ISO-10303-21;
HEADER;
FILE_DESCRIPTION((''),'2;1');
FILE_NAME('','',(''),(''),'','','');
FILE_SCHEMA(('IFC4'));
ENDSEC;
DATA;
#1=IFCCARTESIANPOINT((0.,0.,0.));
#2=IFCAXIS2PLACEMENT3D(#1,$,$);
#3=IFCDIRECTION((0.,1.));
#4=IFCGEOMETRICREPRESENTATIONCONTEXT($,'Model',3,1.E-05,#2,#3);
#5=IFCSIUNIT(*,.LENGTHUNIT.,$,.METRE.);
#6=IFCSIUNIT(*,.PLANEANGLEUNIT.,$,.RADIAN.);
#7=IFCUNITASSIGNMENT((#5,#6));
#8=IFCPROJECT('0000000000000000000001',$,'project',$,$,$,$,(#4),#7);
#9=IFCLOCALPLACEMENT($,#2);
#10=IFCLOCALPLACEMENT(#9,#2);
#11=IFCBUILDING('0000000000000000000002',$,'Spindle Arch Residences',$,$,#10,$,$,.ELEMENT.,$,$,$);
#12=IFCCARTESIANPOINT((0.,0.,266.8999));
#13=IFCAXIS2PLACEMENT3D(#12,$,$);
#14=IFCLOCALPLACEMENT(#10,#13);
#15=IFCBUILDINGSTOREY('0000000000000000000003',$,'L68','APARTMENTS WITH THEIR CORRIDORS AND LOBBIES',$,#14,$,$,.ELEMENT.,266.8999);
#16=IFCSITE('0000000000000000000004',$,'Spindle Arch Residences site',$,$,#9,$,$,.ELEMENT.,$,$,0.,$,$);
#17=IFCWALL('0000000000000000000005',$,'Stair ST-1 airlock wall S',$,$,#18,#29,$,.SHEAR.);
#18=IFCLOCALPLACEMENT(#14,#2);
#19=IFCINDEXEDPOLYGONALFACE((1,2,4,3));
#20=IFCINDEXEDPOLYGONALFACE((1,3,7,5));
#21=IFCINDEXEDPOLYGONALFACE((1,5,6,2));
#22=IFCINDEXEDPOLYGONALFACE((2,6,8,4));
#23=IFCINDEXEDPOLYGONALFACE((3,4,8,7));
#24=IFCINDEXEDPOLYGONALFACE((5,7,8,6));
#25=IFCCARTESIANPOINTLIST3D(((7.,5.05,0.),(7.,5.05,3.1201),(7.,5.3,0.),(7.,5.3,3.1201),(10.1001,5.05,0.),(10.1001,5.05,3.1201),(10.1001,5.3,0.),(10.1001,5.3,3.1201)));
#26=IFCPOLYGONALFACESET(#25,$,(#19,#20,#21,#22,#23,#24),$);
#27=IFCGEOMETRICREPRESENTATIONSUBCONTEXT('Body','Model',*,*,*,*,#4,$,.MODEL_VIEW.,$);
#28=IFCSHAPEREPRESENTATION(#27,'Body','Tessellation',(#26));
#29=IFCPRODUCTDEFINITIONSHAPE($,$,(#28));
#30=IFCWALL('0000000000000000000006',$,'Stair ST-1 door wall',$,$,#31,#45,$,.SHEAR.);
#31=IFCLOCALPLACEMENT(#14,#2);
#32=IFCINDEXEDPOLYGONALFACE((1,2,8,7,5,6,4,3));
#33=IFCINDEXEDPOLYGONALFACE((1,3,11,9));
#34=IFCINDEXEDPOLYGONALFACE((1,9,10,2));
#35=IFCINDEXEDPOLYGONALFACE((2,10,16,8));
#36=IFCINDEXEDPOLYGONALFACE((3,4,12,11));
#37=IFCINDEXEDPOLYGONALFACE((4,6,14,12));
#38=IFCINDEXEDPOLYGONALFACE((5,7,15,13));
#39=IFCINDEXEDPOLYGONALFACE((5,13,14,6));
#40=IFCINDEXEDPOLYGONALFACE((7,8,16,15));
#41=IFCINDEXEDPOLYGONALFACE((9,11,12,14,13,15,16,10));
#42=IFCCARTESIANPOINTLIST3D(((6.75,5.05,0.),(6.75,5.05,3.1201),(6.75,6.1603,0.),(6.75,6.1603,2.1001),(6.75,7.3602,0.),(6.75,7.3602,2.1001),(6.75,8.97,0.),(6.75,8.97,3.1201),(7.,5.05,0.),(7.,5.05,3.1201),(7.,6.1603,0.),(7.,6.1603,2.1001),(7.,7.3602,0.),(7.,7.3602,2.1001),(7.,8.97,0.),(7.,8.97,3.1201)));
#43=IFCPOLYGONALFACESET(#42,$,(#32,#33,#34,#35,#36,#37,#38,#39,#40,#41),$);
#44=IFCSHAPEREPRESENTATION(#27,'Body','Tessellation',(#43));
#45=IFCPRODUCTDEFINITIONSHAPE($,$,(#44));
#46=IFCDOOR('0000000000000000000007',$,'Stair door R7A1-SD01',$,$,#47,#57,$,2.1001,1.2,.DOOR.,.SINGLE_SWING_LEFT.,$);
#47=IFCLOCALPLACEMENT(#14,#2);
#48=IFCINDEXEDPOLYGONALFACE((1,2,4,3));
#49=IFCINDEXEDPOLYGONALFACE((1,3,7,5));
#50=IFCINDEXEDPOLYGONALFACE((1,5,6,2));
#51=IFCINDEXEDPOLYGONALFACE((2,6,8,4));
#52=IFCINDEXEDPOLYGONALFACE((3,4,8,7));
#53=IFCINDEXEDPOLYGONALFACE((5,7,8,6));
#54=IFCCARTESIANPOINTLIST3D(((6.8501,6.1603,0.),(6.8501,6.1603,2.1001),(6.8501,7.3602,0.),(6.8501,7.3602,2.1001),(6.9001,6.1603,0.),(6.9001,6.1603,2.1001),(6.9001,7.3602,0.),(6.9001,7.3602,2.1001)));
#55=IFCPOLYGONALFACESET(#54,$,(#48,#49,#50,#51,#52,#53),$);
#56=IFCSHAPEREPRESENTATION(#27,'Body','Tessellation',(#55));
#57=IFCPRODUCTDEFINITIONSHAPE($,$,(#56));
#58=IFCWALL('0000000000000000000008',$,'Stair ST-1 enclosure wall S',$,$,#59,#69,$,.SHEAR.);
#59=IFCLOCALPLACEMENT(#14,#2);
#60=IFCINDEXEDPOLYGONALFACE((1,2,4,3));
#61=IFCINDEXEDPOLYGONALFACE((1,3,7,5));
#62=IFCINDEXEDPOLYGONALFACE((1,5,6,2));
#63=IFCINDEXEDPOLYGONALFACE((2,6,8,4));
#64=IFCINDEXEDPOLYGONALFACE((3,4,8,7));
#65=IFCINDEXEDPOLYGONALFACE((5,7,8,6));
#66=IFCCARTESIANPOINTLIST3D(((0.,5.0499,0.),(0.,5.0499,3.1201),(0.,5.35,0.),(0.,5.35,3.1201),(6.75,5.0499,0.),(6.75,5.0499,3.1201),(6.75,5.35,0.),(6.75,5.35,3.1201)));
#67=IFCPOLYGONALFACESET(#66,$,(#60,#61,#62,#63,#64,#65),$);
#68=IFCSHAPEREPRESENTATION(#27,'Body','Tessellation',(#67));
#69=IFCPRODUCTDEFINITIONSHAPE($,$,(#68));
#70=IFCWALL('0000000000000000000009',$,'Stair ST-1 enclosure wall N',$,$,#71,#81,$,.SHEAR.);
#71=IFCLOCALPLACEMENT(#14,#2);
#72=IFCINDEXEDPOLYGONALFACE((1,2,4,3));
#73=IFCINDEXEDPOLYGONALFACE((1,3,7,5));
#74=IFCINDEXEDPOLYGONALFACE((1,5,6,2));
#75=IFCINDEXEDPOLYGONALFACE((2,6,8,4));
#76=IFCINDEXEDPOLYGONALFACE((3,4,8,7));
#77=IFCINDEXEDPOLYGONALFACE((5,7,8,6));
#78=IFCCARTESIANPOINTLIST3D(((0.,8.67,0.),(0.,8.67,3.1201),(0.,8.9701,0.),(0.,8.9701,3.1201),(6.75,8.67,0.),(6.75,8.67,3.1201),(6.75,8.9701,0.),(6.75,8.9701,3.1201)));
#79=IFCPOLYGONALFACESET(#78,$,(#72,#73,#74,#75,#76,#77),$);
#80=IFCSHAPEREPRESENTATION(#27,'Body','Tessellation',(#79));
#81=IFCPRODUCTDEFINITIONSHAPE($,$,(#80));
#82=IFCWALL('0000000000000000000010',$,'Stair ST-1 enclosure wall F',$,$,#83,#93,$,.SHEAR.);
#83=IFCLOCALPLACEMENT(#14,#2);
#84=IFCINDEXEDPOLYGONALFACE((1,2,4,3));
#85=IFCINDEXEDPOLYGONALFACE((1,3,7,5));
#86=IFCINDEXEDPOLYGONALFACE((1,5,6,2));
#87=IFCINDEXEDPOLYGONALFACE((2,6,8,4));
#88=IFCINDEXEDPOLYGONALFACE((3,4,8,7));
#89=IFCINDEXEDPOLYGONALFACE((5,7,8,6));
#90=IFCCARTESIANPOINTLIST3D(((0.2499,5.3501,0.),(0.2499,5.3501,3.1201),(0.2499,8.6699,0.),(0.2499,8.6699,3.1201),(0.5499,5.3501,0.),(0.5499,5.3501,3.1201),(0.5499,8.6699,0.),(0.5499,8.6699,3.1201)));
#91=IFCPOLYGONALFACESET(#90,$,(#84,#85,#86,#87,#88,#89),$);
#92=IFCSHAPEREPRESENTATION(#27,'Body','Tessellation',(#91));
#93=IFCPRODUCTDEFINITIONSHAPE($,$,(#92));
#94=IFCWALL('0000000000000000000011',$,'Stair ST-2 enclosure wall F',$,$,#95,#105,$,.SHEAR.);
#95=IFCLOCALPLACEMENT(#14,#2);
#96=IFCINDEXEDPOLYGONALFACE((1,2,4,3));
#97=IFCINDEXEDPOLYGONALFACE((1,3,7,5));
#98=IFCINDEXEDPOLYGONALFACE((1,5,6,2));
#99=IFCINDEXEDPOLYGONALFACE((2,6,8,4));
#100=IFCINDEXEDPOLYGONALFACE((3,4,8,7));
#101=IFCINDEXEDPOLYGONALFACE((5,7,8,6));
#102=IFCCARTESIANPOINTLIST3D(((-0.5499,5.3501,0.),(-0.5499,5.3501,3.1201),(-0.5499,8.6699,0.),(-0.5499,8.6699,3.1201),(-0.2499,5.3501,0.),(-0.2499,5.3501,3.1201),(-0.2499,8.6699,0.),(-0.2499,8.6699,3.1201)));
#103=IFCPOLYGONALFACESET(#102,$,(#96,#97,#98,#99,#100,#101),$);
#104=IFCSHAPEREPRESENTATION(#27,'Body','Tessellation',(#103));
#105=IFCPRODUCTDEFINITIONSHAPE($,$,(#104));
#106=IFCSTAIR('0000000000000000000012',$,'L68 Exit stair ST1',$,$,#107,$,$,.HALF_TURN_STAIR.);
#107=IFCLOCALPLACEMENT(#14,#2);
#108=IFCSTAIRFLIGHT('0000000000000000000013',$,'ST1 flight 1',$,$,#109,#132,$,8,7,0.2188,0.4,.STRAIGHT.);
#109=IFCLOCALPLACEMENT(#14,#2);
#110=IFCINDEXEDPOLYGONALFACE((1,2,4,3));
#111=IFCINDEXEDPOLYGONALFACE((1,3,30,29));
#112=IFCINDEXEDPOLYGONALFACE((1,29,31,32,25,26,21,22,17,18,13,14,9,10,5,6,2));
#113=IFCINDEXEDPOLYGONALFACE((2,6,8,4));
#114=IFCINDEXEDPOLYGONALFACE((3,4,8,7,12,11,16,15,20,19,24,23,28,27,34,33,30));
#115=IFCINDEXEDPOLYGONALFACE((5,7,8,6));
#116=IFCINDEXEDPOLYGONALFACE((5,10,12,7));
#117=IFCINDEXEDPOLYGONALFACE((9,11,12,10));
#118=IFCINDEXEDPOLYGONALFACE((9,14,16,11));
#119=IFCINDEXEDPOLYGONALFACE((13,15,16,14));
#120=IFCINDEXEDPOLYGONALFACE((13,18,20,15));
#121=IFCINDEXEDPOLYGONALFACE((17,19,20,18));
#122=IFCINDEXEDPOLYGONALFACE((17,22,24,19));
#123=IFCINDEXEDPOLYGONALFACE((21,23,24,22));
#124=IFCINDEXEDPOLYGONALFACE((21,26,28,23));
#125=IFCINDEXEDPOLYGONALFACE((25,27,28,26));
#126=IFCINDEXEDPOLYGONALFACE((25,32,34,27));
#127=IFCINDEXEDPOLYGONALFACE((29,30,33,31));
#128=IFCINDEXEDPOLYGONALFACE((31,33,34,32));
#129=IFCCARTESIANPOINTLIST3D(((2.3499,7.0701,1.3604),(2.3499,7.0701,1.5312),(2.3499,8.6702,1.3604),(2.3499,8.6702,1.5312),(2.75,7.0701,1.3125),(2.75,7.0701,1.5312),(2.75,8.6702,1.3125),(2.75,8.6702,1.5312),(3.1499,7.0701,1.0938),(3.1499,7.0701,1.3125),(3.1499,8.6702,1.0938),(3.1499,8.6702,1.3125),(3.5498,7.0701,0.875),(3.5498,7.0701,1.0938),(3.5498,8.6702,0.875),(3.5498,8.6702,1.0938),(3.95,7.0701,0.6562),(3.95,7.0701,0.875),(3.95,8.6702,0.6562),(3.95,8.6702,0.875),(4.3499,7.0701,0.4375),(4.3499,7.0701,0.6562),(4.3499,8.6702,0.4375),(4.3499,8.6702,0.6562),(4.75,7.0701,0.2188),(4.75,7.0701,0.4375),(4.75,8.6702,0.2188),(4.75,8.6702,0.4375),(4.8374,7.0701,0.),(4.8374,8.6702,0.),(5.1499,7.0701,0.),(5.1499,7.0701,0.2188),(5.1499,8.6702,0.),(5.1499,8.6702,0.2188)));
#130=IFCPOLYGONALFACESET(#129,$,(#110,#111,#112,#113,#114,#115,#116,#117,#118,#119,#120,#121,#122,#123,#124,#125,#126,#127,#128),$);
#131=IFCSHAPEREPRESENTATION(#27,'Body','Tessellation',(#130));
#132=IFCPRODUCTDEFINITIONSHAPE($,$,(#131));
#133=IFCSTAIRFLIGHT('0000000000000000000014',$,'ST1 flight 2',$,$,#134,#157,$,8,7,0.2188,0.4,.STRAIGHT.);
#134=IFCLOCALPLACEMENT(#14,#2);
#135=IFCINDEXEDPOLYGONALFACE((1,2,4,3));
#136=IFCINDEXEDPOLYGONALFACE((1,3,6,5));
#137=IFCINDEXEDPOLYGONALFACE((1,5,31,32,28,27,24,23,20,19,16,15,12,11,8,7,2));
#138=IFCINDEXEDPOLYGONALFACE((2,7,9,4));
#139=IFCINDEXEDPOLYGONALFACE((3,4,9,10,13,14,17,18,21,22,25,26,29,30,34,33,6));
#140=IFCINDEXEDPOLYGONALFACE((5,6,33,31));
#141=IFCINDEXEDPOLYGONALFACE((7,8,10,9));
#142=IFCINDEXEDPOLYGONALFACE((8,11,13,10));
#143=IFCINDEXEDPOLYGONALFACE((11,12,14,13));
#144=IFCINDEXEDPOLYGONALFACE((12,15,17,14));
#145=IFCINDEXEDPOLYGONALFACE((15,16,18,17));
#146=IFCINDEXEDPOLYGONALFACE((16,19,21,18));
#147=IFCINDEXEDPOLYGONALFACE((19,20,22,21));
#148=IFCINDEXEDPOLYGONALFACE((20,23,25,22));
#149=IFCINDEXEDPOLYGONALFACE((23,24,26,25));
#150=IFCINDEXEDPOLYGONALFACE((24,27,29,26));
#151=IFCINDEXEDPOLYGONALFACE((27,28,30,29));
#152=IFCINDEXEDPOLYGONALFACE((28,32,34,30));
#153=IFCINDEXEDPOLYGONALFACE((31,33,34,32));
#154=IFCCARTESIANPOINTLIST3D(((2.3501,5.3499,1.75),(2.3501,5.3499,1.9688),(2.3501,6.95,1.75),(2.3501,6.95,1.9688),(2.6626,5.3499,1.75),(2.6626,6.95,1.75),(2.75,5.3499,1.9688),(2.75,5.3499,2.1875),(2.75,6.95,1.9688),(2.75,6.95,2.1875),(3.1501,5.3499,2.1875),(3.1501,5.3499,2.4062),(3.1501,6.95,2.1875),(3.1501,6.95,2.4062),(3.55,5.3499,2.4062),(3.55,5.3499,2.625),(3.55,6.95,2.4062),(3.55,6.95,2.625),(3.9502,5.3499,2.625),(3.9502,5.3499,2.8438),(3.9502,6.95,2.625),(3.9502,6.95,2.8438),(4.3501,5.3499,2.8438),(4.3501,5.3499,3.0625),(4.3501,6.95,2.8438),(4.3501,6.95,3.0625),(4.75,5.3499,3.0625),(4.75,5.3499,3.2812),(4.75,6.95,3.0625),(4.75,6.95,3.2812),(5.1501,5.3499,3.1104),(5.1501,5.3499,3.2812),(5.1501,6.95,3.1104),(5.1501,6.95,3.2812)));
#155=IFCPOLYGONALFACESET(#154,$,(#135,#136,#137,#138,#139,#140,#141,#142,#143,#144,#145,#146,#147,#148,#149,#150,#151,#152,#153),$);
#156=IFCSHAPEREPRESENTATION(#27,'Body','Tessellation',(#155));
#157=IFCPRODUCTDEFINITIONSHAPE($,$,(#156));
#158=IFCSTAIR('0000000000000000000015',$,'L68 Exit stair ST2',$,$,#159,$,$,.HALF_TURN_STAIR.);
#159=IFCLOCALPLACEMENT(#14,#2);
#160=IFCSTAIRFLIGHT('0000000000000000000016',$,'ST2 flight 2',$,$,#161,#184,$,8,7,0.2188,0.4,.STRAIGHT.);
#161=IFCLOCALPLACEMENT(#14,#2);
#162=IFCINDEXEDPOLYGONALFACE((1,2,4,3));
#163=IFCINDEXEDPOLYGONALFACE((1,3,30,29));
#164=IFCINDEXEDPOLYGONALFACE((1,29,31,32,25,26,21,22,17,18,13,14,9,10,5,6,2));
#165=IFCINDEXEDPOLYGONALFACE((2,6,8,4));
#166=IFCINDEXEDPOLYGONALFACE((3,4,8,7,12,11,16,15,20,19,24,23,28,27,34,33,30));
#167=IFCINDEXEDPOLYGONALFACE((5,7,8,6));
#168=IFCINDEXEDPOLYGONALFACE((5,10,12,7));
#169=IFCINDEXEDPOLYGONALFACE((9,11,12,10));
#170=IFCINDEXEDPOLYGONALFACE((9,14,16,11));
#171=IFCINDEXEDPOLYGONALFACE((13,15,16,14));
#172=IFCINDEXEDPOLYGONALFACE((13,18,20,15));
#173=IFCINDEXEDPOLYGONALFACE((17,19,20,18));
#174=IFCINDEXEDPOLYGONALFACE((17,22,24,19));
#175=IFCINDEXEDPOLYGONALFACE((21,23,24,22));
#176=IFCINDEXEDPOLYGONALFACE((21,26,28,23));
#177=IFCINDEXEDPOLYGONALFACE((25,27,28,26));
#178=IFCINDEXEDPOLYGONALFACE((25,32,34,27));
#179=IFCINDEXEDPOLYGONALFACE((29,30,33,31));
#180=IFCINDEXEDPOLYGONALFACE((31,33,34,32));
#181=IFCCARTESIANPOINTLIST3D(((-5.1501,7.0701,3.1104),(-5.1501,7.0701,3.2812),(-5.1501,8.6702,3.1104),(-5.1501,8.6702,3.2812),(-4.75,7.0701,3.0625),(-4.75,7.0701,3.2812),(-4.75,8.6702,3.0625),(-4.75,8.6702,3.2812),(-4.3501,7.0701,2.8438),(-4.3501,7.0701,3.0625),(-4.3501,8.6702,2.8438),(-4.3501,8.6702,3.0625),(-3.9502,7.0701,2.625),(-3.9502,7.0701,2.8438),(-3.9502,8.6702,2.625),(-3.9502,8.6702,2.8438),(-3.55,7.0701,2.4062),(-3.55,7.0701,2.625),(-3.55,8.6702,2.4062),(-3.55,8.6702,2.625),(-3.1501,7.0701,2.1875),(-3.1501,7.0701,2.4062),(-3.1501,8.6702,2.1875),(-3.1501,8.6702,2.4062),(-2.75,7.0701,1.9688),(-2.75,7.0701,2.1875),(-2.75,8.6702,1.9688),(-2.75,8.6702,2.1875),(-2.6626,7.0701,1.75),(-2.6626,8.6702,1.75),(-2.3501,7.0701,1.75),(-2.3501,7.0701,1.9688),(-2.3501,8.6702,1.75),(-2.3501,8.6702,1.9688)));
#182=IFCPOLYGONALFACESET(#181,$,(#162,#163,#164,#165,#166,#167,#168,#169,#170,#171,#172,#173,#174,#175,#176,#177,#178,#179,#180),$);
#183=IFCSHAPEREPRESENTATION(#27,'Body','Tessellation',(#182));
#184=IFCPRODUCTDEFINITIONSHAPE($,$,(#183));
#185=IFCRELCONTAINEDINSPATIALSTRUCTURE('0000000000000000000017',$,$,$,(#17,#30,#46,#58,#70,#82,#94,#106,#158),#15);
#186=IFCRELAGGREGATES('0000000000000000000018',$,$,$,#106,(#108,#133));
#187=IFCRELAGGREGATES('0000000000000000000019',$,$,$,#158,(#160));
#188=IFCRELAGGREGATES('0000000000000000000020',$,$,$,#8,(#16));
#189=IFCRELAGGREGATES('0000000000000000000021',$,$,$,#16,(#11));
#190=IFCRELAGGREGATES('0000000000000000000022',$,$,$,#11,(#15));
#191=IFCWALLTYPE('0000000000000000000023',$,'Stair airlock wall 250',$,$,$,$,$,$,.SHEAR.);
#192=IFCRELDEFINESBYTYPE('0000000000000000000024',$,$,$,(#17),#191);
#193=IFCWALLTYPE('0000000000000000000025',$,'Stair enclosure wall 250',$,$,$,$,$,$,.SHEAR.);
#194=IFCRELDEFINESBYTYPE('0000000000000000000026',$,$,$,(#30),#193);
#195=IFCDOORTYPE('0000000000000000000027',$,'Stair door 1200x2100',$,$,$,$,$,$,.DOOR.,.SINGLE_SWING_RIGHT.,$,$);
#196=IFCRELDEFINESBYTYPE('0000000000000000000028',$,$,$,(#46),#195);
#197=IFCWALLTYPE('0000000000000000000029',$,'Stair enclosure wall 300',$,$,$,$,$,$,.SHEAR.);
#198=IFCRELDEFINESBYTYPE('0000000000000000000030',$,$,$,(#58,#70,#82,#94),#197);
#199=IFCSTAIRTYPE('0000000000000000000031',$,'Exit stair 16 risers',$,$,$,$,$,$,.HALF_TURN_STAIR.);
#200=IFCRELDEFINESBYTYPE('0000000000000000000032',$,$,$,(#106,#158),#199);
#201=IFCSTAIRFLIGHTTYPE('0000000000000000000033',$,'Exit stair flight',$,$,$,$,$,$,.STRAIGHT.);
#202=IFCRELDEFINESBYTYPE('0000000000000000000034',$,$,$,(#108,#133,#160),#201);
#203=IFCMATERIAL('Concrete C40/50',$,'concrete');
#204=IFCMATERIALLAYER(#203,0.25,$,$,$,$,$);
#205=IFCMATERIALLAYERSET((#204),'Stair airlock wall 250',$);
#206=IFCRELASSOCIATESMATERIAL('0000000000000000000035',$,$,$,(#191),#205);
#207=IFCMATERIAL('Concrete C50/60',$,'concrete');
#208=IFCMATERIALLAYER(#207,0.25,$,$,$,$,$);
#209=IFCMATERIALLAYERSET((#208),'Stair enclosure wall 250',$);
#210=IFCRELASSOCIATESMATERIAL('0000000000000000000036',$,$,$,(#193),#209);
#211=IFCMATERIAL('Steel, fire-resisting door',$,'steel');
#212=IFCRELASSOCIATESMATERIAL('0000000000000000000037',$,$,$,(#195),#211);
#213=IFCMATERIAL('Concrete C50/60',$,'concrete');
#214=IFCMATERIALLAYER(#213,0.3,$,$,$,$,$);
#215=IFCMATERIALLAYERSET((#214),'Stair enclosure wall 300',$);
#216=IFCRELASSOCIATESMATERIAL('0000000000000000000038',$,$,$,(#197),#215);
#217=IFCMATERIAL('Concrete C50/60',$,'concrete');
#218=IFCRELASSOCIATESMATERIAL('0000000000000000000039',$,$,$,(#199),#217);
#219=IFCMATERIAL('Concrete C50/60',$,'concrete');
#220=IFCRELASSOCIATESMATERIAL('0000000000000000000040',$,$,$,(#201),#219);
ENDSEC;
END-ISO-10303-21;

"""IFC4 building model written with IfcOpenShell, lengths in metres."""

from ifc_helpers import new_model, si_unit, direction, frame, frame_2d, origin, place, context, subcontext, project, spatial, polyline, rectangle, outline, extrude, material, layer, layer_set, type_object, element, fill, aggregate, save


model = new_model("IFC4")

# Units and contexts
model_context = context("Model", 3, precision=1e-05, world=origin(), true_north=direction((0.0, 1.0)))
body_context = subcontext(model_context, "Body", "Model", "MODEL_VIEW")
ifc_project = project(units=[si_unit("LENGTHUNIT", "METRE"), si_unit("PLANEANGLEUNIT", "RADIAN")], contexts=[model_context])

# Site, building, storey
site_placement = place(None, origin())
site = spatial("IfcSite", under=ifc_project, at=site_placement, Name="Spindle Arch Residences site", CompositionType="ELEMENT", RefElevation=0.0)
building_placement = place(site_placement, origin())
building = spatial("IfcBuilding", under=site, at=building_placement, Name="Spindle Arch Residences", CompositionType="ELEMENT")
storey_placement = place(building_placement, frame((0.0, 0.0, 266.8999)))
storey = spatial("IfcBuildingStorey", under=building, at=storey_placement, Name="L68", Description="APARTMENTS WITH THEIR CORRIDORS AND LOBBIES", CompositionType="ELEMENT", Elevation=266.8999)

# Wall
ifc_material_1 = material(Name="Concrete C40/50", Category="concrete")
ifc_layer_1 = layer(ifc_material_1, 0.25)
ifc_layer_set_1 = layer_set([ifc_layer_1], Name="Stair airlock wall 250")
wall_type_1 = type_object("IfcWallType", Name="Stair airlock wall 250", PredefinedType="SHEAR", material=ifc_layer_set_1)
wall_1_placement = place(storey_placement, frame((7.0, 5.175, 0.0), z_axis=(0.0, 0.0, 1.0), x_axis=(1.0, 0.0, 0.0)))
element("IfcWall", 1, at=wall_1_placement, inside=storey, type_object=wall_type_1, Name="Stair ST-1 airlock wall S", PredefinedType="SHEAR", context=body_context, shape_type="SweptSolid", body=[
    extrude(rectangle(XDim=3.1001, YDim=0.25, at=frame_2d((1.55, 0.0))), origin(), (0.0, 0.0, 1.0), 3.1201),
])

# Wall, opening, door
ifc_material_2 = material(Name="Concrete C50/60", Category="concrete")
ifc_layer_2 = layer(ifc_material_2, 0.25)
ifc_layer_set_2 = layer_set([ifc_layer_2], Name="Stair enclosure wall 250")
wall_type_2 = type_object("IfcWallType", Name="Stair enclosure wall 250", PredefinedType="SHEAR", material=ifc_layer_set_2)
wall_2_placement = place(storey_placement, frame((6.875, 5.05, 0.0), z_axis=(0.0, 0.0, 1.0), x_axis=(0.0, 1.0, 0.0)))
wall_2 = element("IfcWall", 2, at=wall_2_placement, inside=storey, type_object=wall_type_2, Name="Stair ST-1 door wall", PredefinedType="SHEAR", context=body_context, shape_type="SweptSolid", body=[
    extrude(rectangle(XDim=3.9199, YDim=0.25, at=frame_2d((1.96, 0.0))), origin(), (0.0, 0.0, 1.0), 3.1201),
])
opening_1_placement = place(wall_2_placement, frame((1.1101, 0.0, 0.0)))
opening_1 = element("IfcOpeningElement", 3, at=opening_1_placement, cuts=wall_2, PredefinedType="OPENING", context=body_context, shape_type="SweptSolid", body=[
    extrude(rectangle(XDim=1.2, YDim=2.1001, at=frame_2d((0.6001, 1.05))), frame((0.0, 0.135, 0.0), z_axis=(0.0, -1.0, 0.0), x_axis=(1.0, 0.0, 0.0)), (0.0, 0.0, 1.0), 0.27),
])
ifc_material_3 = material(Name="Steel, fire-resisting door", Category="steel")
door_type_1 = type_object("IfcDoorType", Name="Stair door 1200x2100", OperationType="SINGLE_SWING_RIGHT", PredefinedType="DOOR", material=ifc_material_3)
door_1_placement = place(opening_1_placement, origin())
door_1 = element("IfcDoor", 4, at=door_1_placement, inside=storey, type_object=door_type_1, Name="Stair door R7A1-SD01", OperationType="SINGLE_SWING_LEFT", OverallHeight=2.1001, OverallWidth=1.2, PredefinedType="DOOR", context=body_context, shape_type="SweptSolid", body=[
    extrude(rectangle(XDim=1.2, YDim=2.1001, at=frame_2d((0.6001, 1.05))), frame((0.0, 0.0249, 0.0), z_axis=(0.0, -1.0, 0.0), x_axis=(1.0, 0.0, 0.0)), (0.0, 0.0, 1.0), 0.05),
])
fill(opening_1, door_1)

# Walls
ifc_material_4 = material(Name="Concrete C50/60", Category="concrete")
ifc_layer_3 = layer(ifc_material_4, 0.3)
ifc_layer_set_3 = layer_set([ifc_layer_3], Name="Stair enclosure wall 300")
wall_type_3 = type_object("IfcWallType", Name="Stair enclosure wall 300", PredefinedType="SHEAR", material=ifc_layer_set_3)
for number, where, z_axis, x_axis, name in (
    (5, (0.0, 5.2, 0.0), (0.0, 0.0, 1.0), (1.0, 0.0, 0.0), "Stair ST-1 enclosure wall S"),
    (6, (0.0, 8.8201, 0.0), (0.0, 0.0, 1.0), (1.0, 0.0, 0.0), "Stair ST-1 enclosure wall N"),
):
    element("IfcWall", number, at=place(storey_placement, frame(where, z_axis=z_axis, x_axis=x_axis)), inside=storey, type_object=wall_type_3, Name=name, PredefinedType="SHEAR", context=body_context, shape_type="SweptSolid", body=[
        extrude(rectangle(XDim=6.75, YDim=0.3, at=frame_2d((3.375, 0.0))), origin(), (0.0, 0.0, 1.0), 3.1201),
    ])
for number, where, z_axis, x_axis, name in (
    (7, (0.3999, 5.3501, 0.0), (0.0, 0.0, 1.0), (0.0, 1.0, 0.0), "Stair ST-1 enclosure wall F"),
    (8, (-0.3999, 5.3501, 0.0), (0.0, 0.0, 1.0), (0.0, 1.0, 0.0), "Stair ST-2 enclosure wall F"),
):
    element("IfcWall", number, at=place(storey_placement, frame(where, z_axis=z_axis, x_axis=x_axis)), inside=storey, type_object=wall_type_3, Name=name, PredefinedType="SHEAR", context=body_context, shape_type="SweptSolid", body=[
        extrude(rectangle(XDim=3.3198, YDim=0.3, at=frame_2d((1.6599, 0.0))), origin(), (0.0, 0.0, 1.0), 3.1201),
    ])

# Stair, stair flights
ifc_material_5 = material(Name="Concrete C50/60", Category="concrete")
stair_type = type_object("IfcStairType", Name="Exit stair 16 risers", PredefinedType="HALF_TURN_STAIR", material=ifc_material_5)
stair_1_placement = place(storey_placement, origin())
stair_1 = element("IfcStair", 9, at=stair_1_placement, inside=storey, type_object=stair_type, Name="L68 Exit stair ST1", PredefinedType="HALF_TURN_STAIR")
ifc_material_6 = material(Name="Concrete C50/60", Category="concrete")
stair_flight_type = type_object("IfcStairFlightType", Name="Exit stair flight", PredefinedType="STRAIGHT", material=ifc_material_6)
stair_flight_1_placement = place(storey_placement, frame((5.1499, 7.8701, 0.0), z_axis=(0.0, 0.0, 1.0), x_axis=(-1.0, 0.0, 0.0)))
stair_flight_1 = element("IfcStairFlight", 10, at=stair_flight_1_placement, type_object=stair_flight_type, Name="ST1 flight 1", NumberOfRisers=8, NumberOfTreads=7, PredefinedType="STRAIGHT", RiserHeight=0.2188, TreadLength=0.4, context=body_context, shape_type="SweptSolid", body=[
    extrude(outline(polyline([(0.0, 0.0), (0.0, 0.2188), (0.3999, 0.2188), (0.3999, 0.4375), (0.8, 0.4375), (0.8, 0.6562), (1.2, 0.6562), (1.2, 0.875), (1.6001, 0.875), (1.6001, 1.0938), (2.0, 1.0938), (2.0, 1.3125), (2.3999, 1.3125), (2.3999, 1.5312), (2.8, 1.5312), (2.8, 1.75), (2.8, 1.3604), (0.3125, 0.0), (0.0, 0.0)])), frame((0.0, 0.8, 0.0), z_axis=(0.0, -1.0, 0.0), x_axis=(1.0, 0.0, 0.0)), (0.0, 0.0, 1.0), 1.6001),
])
stair_flight_2_placement = place(storey_placement, frame((2.3501, 6.1499, 1.75), z_axis=(0.0, 0.0, 1.0), x_axis=(1.0, 0.0, 0.0)))
stair_flight_2 = element("IfcStairFlight", 11, at=stair_flight_2_placement, type_object=stair_flight_type, Name="ST1 flight 2", NumberOfRisers=8, NumberOfTreads=7, PredefinedType="STRAIGHT", RiserHeight=0.2188, TreadLength=0.4, context=body_context, shape_type="SweptSolid", body=[
    extrude(outline(polyline([(0.0, 0.0), (0.0, 0.2188), (0.3999, 0.2188), (0.3999, 0.4375), (0.8, 0.4375), (0.8, 0.6562), (1.2, 0.6562), (1.2, 0.875), (1.6001, 0.875), (1.6001, 1.0938), (2.0, 1.0938), (2.0, 1.3125), (2.3999, 1.3125), (2.3999, 1.5312), (2.8, 1.5312), (2.8, 1.75), (2.8, 1.3604), (0.3125, 0.0), (0.0, 0.0)])), frame((0.0, 0.8, 0.0), z_axis=(0.0, -1.0, 0.0), x_axis=(1.0, 0.0, 0.0)), (0.0, 0.0, 1.0), 1.6001),
])
aggregate(stair_1, [stair_flight_1, stair_flight_2])

# Stair, stair flight
stair_2_placement = place(storey_placement, origin())
stair_2 = element("IfcStair", 12, at=stair_2_placement, inside=storey, type_object=stair_type, Name="L68 Exit stair ST2", PredefinedType="HALF_TURN_STAIR")
stair_flight_3_placement = place(storey_placement, frame((-2.3501, 7.8701, 1.75), z_axis=(0.0, 0.0, 1.0), x_axis=(-1.0, 0.0, 0.0)))
stair_flight_3 = element("IfcStairFlight", 13, at=stair_flight_3_placement, type_object=stair_flight_type, Name="ST2 flight 2", NumberOfRisers=8, NumberOfTreads=7, PredefinedType="STRAIGHT", RiserHeight=0.2188, TreadLength=0.4, context=body_context, shape_type="SweptSolid", body=[
    extrude(outline(polyline([(0.0, 0.0), (0.0, 0.2188), (0.3999, 0.2188), (0.3999, 0.4375), (0.8, 0.4375), (0.8, 0.6562), (1.2, 0.6562), (1.2, 0.875), (1.6001, 0.875), (1.6001, 1.0938), (2.0, 1.0938), (2.0, 1.3125), (2.3999, 1.3125), (2.3999, 1.5312), (2.8, 1.5312), (2.8, 1.75), (2.8, 1.3604), (0.3125, 0.0), (0.0, 0.0)])), frame((0.0, 0.8, 0.0), z_axis=(0.0, -1.0, 0.0), x_axis=(1.0, 0.0, 0.0)), (0.0, 0.0, 1.0), 1.6001),
])
aggregate(stair_2, [stair_flight_3])

save(model, "model.ifc")
